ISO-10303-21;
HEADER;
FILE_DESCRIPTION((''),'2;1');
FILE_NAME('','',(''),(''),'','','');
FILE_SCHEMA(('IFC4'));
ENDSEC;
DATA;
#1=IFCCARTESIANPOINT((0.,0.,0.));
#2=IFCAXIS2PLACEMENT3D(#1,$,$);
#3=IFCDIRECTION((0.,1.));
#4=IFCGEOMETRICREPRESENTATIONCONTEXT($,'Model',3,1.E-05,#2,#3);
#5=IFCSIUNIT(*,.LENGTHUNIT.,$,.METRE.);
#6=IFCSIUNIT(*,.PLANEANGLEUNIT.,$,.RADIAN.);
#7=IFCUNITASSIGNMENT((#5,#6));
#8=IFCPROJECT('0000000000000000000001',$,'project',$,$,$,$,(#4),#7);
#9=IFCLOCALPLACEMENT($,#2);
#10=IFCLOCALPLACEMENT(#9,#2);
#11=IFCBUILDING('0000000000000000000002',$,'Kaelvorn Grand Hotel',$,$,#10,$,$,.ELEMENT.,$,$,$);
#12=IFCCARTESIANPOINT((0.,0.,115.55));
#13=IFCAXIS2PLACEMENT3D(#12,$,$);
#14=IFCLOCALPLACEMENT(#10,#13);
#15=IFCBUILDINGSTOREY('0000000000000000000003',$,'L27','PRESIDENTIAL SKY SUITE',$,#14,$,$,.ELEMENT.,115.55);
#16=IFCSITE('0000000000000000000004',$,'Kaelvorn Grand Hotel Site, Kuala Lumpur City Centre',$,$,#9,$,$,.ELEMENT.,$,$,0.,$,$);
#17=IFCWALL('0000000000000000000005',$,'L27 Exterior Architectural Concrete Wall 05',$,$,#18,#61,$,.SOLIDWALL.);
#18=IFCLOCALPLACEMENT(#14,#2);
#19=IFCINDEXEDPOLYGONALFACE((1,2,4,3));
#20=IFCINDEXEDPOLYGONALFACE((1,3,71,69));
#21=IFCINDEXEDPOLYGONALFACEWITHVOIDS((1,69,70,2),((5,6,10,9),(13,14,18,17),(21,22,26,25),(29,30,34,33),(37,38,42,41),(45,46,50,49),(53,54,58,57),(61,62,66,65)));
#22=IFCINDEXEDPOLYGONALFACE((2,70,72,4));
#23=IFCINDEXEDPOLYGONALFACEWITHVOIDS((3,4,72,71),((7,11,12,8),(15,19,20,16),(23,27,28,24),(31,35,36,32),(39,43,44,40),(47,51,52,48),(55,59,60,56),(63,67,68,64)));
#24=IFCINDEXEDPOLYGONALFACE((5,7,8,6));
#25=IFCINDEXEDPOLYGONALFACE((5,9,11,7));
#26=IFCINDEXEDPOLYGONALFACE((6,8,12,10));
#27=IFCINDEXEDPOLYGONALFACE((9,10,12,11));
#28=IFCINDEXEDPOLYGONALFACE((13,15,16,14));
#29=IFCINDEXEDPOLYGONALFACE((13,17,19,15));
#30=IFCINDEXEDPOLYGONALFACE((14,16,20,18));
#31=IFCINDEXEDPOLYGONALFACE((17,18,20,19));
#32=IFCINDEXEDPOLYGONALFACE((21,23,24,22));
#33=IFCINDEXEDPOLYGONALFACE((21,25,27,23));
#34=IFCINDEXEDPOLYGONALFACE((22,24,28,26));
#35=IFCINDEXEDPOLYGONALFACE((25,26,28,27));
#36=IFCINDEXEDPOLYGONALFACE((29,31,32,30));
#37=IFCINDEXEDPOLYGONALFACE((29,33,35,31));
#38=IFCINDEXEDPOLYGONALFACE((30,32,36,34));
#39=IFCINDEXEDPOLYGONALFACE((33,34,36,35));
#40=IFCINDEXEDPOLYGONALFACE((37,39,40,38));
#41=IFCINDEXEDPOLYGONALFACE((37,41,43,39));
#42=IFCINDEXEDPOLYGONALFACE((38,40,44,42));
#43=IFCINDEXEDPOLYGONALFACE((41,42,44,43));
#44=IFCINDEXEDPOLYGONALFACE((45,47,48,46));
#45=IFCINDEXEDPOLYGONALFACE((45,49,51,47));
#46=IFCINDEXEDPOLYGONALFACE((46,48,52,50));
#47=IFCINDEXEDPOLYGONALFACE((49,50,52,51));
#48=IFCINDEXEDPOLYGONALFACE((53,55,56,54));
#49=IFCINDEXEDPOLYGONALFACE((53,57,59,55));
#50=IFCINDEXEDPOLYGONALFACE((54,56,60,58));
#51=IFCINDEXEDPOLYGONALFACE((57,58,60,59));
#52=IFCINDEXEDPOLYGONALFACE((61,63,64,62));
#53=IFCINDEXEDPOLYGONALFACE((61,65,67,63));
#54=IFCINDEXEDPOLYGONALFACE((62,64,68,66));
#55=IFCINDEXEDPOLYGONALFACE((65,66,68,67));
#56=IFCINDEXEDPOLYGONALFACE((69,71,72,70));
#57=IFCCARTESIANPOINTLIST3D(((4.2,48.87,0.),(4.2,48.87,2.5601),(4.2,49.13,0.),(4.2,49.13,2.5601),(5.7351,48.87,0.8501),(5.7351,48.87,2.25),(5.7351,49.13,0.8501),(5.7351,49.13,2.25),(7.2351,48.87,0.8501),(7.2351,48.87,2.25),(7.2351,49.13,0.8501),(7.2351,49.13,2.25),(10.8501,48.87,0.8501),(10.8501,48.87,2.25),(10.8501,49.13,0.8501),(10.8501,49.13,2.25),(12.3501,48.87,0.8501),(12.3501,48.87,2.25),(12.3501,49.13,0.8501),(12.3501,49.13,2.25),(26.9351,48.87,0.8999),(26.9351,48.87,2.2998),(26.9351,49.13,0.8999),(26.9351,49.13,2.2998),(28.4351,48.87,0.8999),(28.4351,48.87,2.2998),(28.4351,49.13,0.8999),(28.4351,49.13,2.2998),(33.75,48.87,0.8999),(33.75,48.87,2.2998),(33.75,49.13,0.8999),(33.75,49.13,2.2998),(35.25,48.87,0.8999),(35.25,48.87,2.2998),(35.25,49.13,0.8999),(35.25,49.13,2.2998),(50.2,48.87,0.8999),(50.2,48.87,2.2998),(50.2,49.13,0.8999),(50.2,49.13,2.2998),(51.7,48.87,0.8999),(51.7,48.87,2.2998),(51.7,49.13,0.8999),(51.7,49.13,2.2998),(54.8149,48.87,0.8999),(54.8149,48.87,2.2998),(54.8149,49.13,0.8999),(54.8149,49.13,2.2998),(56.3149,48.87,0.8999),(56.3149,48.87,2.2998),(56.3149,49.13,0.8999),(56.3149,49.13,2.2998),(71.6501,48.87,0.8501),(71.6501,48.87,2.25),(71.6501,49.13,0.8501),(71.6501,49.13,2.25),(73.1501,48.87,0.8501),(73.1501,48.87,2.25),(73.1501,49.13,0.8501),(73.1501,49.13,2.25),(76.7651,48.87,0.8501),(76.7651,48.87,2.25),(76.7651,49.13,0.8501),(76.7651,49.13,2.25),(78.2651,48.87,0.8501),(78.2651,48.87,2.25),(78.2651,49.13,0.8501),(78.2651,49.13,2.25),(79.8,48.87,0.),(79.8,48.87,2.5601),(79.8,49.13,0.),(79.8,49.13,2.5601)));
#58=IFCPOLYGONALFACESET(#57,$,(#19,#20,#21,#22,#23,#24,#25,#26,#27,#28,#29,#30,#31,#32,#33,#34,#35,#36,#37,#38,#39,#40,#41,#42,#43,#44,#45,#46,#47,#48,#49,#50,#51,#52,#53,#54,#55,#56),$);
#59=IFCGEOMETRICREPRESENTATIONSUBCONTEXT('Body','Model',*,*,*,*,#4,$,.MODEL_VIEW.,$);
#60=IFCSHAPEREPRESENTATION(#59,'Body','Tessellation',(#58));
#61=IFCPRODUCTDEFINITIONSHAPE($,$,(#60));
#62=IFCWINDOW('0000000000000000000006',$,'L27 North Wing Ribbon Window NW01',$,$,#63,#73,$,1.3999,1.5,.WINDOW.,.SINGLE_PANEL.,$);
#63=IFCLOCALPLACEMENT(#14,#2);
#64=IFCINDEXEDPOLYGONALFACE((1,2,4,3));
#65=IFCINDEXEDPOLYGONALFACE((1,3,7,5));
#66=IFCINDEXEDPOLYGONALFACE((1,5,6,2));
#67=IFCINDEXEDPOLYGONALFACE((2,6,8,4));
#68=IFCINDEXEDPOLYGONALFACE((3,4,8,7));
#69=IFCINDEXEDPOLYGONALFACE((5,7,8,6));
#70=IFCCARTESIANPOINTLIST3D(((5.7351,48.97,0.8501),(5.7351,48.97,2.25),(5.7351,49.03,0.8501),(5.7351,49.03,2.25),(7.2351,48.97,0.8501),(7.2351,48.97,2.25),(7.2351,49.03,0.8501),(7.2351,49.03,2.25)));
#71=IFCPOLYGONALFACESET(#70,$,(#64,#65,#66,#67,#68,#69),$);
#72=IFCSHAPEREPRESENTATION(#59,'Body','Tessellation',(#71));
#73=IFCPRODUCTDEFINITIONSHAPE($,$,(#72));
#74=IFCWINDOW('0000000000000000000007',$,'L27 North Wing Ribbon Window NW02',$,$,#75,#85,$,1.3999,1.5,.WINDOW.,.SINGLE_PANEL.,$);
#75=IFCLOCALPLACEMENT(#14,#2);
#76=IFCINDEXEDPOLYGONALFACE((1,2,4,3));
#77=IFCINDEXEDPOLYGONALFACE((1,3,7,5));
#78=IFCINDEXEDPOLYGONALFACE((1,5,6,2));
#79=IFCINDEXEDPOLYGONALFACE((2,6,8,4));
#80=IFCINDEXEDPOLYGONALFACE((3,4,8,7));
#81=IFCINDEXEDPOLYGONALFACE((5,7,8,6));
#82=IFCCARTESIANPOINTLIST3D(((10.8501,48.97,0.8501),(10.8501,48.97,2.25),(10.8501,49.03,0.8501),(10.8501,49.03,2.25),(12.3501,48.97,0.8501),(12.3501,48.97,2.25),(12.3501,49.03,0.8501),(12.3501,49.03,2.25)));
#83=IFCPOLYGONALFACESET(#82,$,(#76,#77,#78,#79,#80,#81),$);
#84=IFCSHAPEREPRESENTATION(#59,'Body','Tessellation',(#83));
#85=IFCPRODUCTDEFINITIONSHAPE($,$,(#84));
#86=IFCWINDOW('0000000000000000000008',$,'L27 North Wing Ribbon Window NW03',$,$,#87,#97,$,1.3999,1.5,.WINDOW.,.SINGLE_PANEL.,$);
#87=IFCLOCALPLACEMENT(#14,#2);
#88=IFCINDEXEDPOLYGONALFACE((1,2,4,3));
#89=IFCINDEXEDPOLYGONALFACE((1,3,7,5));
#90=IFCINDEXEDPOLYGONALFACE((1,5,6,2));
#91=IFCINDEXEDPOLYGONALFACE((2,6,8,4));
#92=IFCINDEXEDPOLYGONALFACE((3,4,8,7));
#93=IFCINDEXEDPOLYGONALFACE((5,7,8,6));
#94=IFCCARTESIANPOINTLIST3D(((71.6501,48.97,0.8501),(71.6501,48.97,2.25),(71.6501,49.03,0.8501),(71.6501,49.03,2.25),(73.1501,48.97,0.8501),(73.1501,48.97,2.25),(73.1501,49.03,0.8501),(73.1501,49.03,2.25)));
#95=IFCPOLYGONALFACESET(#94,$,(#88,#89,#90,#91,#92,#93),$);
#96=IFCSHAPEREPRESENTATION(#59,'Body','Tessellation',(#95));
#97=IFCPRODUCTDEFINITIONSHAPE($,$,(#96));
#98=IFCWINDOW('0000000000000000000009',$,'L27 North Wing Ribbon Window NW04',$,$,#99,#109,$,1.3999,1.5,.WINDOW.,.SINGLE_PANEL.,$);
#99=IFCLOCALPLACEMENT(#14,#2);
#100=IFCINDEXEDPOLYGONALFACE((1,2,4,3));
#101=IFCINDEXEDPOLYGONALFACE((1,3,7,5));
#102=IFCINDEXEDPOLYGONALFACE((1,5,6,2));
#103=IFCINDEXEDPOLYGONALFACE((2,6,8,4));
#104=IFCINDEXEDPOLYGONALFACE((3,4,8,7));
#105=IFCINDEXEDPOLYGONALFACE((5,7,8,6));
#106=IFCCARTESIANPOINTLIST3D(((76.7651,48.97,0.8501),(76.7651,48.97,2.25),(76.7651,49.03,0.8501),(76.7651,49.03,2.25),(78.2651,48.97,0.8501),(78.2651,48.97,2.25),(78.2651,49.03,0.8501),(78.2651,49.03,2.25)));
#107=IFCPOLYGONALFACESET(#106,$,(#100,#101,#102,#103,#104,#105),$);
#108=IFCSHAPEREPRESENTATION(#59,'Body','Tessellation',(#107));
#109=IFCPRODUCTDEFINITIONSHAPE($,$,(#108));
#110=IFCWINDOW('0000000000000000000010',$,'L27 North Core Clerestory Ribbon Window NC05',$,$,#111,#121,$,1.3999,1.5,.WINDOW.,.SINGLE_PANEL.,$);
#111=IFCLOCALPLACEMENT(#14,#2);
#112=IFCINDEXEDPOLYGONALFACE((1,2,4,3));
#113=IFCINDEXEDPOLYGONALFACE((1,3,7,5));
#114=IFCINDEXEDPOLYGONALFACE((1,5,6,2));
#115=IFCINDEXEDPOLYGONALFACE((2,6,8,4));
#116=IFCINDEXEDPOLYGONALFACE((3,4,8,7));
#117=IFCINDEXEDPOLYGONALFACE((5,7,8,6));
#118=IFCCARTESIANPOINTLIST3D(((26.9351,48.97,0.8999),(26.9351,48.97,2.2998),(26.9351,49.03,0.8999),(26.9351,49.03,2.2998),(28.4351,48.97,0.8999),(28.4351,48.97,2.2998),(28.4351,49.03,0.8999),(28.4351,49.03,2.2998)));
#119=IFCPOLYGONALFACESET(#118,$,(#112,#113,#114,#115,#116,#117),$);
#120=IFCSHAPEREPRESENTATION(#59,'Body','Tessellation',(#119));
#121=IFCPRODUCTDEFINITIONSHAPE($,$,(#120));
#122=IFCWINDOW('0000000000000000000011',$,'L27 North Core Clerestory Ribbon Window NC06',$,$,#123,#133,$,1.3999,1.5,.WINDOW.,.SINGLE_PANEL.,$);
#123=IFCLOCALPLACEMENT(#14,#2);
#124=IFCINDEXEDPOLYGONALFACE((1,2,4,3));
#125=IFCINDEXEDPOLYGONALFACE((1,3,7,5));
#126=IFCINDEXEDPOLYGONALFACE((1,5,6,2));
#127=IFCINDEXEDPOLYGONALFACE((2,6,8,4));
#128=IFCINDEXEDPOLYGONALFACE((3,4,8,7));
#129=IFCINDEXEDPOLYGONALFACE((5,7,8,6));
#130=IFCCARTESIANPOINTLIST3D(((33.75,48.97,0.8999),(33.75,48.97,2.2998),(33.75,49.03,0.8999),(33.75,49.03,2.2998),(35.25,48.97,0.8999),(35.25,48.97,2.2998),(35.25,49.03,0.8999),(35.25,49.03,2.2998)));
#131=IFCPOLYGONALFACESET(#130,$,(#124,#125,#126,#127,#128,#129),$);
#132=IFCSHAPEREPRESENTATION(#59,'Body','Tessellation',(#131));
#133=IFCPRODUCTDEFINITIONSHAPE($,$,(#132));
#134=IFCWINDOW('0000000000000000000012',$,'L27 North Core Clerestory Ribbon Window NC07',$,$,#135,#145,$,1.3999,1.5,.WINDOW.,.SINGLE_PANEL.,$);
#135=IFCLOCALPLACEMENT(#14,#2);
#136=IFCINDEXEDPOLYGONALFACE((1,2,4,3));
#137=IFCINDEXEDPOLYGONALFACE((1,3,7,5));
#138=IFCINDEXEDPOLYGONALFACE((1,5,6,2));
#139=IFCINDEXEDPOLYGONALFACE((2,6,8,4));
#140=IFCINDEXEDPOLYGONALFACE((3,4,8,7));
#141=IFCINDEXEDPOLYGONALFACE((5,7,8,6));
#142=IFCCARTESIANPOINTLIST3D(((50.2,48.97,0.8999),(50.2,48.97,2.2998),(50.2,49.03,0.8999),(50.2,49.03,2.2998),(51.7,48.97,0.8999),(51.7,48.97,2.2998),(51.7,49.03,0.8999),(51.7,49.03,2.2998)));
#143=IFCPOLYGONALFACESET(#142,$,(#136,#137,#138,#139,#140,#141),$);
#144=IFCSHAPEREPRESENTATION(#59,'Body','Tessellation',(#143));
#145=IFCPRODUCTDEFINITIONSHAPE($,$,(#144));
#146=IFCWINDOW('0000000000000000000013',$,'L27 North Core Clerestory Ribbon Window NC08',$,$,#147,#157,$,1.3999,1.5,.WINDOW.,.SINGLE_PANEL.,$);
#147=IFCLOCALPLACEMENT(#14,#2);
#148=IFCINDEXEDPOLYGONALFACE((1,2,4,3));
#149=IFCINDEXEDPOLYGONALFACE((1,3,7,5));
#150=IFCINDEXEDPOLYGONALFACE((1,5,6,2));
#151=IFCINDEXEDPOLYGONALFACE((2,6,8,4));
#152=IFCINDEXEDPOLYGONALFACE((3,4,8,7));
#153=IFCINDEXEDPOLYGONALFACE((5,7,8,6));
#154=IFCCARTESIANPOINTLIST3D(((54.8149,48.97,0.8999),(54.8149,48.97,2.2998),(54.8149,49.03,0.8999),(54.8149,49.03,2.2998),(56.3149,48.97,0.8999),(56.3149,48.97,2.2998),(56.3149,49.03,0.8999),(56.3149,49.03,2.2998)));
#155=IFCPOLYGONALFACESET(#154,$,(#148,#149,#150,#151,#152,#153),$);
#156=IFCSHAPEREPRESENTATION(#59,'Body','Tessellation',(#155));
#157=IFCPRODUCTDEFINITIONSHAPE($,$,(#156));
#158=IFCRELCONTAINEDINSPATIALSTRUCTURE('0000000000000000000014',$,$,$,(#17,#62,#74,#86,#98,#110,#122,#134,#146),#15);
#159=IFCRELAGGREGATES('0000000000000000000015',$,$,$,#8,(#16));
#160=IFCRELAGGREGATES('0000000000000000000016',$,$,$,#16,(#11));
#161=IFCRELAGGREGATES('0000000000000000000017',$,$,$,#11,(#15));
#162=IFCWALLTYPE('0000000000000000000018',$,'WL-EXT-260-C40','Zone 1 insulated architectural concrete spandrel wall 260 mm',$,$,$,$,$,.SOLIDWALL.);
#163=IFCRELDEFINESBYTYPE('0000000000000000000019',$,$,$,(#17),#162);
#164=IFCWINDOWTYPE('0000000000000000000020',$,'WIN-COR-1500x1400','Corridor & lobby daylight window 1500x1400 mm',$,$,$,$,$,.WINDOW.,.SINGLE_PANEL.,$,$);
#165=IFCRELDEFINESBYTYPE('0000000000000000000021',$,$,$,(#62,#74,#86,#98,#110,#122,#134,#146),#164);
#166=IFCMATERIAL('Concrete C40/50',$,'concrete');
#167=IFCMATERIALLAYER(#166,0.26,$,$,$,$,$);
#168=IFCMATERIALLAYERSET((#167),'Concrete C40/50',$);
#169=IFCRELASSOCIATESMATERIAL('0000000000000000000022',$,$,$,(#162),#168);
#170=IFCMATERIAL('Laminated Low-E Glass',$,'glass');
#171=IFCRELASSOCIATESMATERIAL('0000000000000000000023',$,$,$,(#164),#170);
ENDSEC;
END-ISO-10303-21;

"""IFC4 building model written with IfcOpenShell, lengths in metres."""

from ifc_helpers import new_model, si_unit, direction, frame, frame_2d, origin, place, context, subcontext, project, spatial, rectangle, extrude, material, layer, layer_set, type_object, element, fill, save


model = new_model("IFC4")

# Units and contexts
model_context = context("Model", 3, precision=1e-05, world=origin(), true_north=direction((0.0, 1.0)))
body_context = subcontext(model_context, "Body", "Model", "MODEL_VIEW")
ifc_project = project(units=[si_unit("LENGTHUNIT", "METRE"), si_unit("PLANEANGLEUNIT", "RADIAN")], contexts=[model_context])

# Site, building, storey
site_placement = place(None, origin())
site = spatial("IfcSite", under=ifc_project, at=site_placement, Name="Kaelvorn Grand Hotel Site, Kuala Lumpur City Centre", CompositionType="ELEMENT", RefElevation=0.0)
building_placement = place(site_placement, origin())
building = spatial("IfcBuilding", under=site, at=building_placement, Name="Kaelvorn Grand Hotel", CompositionType="ELEMENT")
storey_placement = place(building_placement, frame((0.0, 0.0, 115.55)))
storey = spatial("IfcBuildingStorey", under=building, at=storey_placement, Name="L27", Description="PRESIDENTIAL SKY SUITE", CompositionType="ELEMENT", Elevation=115.55)

# Shared definitions
ifc_material_1 = material(Name="Concrete C40/50", Category="concrete")
ifc_layer_1 = layer(ifc_material_1, 0.26)
ifc_layer_set_1 = layer_set([ifc_layer_1], Name="Concrete C40/50")
wall_type = type_object("IfcWallType", Name="WL-EXT-260-C40", Description="Zone 1 insulated architectural concrete spandrel wall 260 mm", PredefinedType="SOLIDWALL", material=ifc_layer_set_1)

# Wall, openings, windows
wall_1_placement = place(storey_placement, frame((79.8, 49.0, 0.0), z_axis=(0.0, 0.0, 1.0), x_axis=(-1.0, 0.0, 0.0)))
wall_1 = element("IfcWall", 1, at=wall_1_placement, inside=storey, type_object=wall_type, Name="L27 Exterior Architectural Concrete Wall 05", PredefinedType="SOLIDWALL", context=body_context, shape_type="SweptSolid", body=[
    extrude(rectangle(XDim=75.6001, YDim=0.26, at=frame_2d((37.8, 0.0))), origin(), (0.0, 0.0, 1.0), 2.5601),
])
opening_1_placement = place(wall_1_placement, frame((72.5649, 0.0, 0.8501)))
opening_1 = element("IfcOpeningElement", 2, at=opening_1_placement, cuts=wall_1, PredefinedType="OPENING", context=body_context, shape_type="SweptSolid", body=[
    extrude(rectangle(XDim=1.5, YDim=1.3999, at=frame_2d((0.75, 0.7))), frame((0.0, 0.1401, 0.0), z_axis=(0.0, -1.0, 0.0), x_axis=(1.0, 0.0, 0.0)), (0.0, 0.0, 1.0), 0.28),
])
opening_2_placement = place(wall_1_placement, frame((67.45, 0.0, 0.8501)))
opening_2 = element("IfcOpeningElement", 3, at=opening_2_placement, cuts=wall_1, PredefinedType="OPENING", context=body_context, shape_type="SweptSolid", body=[
    extrude(rectangle(XDim=1.5, YDim=1.3999, at=frame_2d((0.75, 0.7))), frame((0.0, 0.1401, 0.0), z_axis=(0.0, -1.0, 0.0), x_axis=(1.0, 0.0, 0.0)), (0.0, 0.0, 1.0), 0.28),
])
opening_3_placement = place(wall_1_placement, frame((6.6499, 0.0, 0.8501)))
opening_3 = element("IfcOpeningElement", 4, at=opening_3_placement, cuts=wall_1, PredefinedType="OPENING", context=body_context, shape_type="SweptSolid", body=[
    extrude(rectangle(XDim=1.5, YDim=1.3999, at=frame_2d((0.75, 0.7))), frame((0.0, 0.1401, 0.0), z_axis=(0.0, -1.0, 0.0), x_axis=(1.0, 0.0, 0.0)), (0.0, 0.0, 1.0), 0.28),
])
opening_4_placement = place(wall_1_placement, frame((1.5349, 0.0, 0.8501)))
opening_4 = element("IfcOpeningElement", 5, at=opening_4_placement, cuts=wall_1, PredefinedType="OPENING", context=body_context, shape_type="SweptSolid", body=[
    extrude(rectangle(XDim=1.5, YDim=1.3999, at=frame_2d((0.75, 0.7))), frame((0.0, 0.1401, 0.0), z_axis=(0.0, -1.0, 0.0), x_axis=(1.0, 0.0, 0.0)), (0.0, 0.0, 1.0), 0.28),
])
opening_5_placement = place(wall_1_placement, frame((51.365, 0.0, 0.8999)))
opening_5 = element("IfcOpeningElement", 6, at=opening_5_placement, cuts=wall_1, PredefinedType="OPENING", context=body_context, shape_type="SweptSolid", body=[
    extrude(rectangle(XDim=1.5, YDim=1.3999, at=frame_2d((0.75, 0.7))), frame((0.0, 0.1401, 0.0), z_axis=(0.0, -1.0, 0.0), x_axis=(1.0, 0.0, 0.0)), (0.0, 0.0, 1.0), 0.28),
])
opening_6_placement = place(wall_1_placement, frame((44.55, 0.0, 0.8999)))
opening_6 = element("IfcOpeningElement", 7, at=opening_6_placement, cuts=wall_1, PredefinedType="OPENING", context=body_context, shape_type="SweptSolid", body=[
    extrude(rectangle(XDim=1.5, YDim=1.3999, at=frame_2d((0.75, 0.7))), frame((0.0, 0.1401, 0.0), z_axis=(0.0, -1.0, 0.0), x_axis=(1.0, 0.0, 0.0)), (0.0, 0.0, 1.0), 0.28),
])
opening_7_placement = place(wall_1_placement, frame((28.1001, 0.0, 0.8999)))
opening_7 = element("IfcOpeningElement", 8, at=opening_7_placement, cuts=wall_1, PredefinedType="OPENING", context=body_context, shape_type="SweptSolid", body=[
    extrude(rectangle(XDim=1.5, YDim=1.3999, at=frame_2d((0.75, 0.7))), frame((0.0, 0.1401, 0.0), z_axis=(0.0, -1.0, 0.0), x_axis=(1.0, 0.0, 0.0)), (0.0, 0.0, 1.0), 0.28),
])
opening_8_placement = place(wall_1_placement, frame((23.4851, 0.0, 0.8999)))
opening_8 = element("IfcOpeningElement", 9, at=opening_8_placement, cuts=wall_1, PredefinedType="OPENING", context=body_context, shape_type="SweptSolid", body=[
    extrude(rectangle(XDim=1.5, YDim=1.3999, at=frame_2d((0.75, 0.7))), frame((0.0, 0.1401, 0.0), z_axis=(0.0, -1.0, 0.0), x_axis=(1.0, 0.0, 0.0)), (0.0, 0.0, 1.0), 0.28),
])
ifc_material_2 = material(Name="Laminated Low-E Glass", Category="glass")
window_type = type_object("IfcWindowType", Name="WIN-COR-1500x1400", Description="Corridor & lobby daylight window 1500x1400 mm", PartitioningType="SINGLE_PANEL", PredefinedType="WINDOW", material=ifc_material_2)
window_1_placement = place(opening_1_placement, origin())
window_1 = element("IfcWindow", 10, at=window_1_placement, inside=storey, type_object=window_type, Name="L27 North Wing Ribbon Window NW01", OverallHeight=1.3999, OverallWidth=1.5, PartitioningType="SINGLE_PANEL", PredefinedType="WINDOW", context=body_context, shape_type="SweptSolid", body=[
    extrude(rectangle(XDim=1.5, YDim=1.3999, at=frame_2d((0.75, 0.7))), frame((0.0, 0.03, 0.0), z_axis=(0.0, -1.0, 0.0), x_axis=(1.0, 0.0, 0.0)), (0.0, 0.0, 1.0), 0.0601),
])
fill(opening_1, window_1)
window_2_placement = place(opening_2_placement, origin())
window_2 = element("IfcWindow", 11, at=window_2_placement, inside=storey, type_object=window_type, Name="L27 North Wing Ribbon Window NW02", OverallHeight=1.3999, OverallWidth=1.5, PartitioningType="SINGLE_PANEL", PredefinedType="WINDOW", context=body_context, shape_type="SweptSolid", body=[
    extrude(rectangle(XDim=1.5, YDim=1.3999, at=frame_2d((0.75, 0.7))), frame((0.0, 0.03, 0.0), z_axis=(0.0, -1.0, 0.0), x_axis=(1.0, 0.0, 0.0)), (0.0, 0.0, 1.0), 0.0601),
])
fill(opening_2, window_2)
window_3_placement = place(opening_3_placement, origin())
window_3 = element("IfcWindow", 12, at=window_3_placement, inside=storey, type_object=window_type, Name="L27 North Wing Ribbon Window NW03", OverallHeight=1.3999, OverallWidth=1.5, PartitioningType="SINGLE_PANEL", PredefinedType="WINDOW", context=body_context, shape_type="SweptSolid", body=[
    extrude(rectangle(XDim=1.5, YDim=1.3999, at=frame_2d((0.75, 0.7))), frame((0.0, 0.03, 0.0), z_axis=(0.0, -1.0, 0.0), x_axis=(1.0, 0.0, 0.0)), (0.0, 0.0, 1.0), 0.0601),
])
fill(opening_3, window_3)
window_4_placement = place(opening_4_placement, origin())
window_4 = element("IfcWindow", 13, at=window_4_placement, inside=storey, type_object=window_type, Name="L27 North Wing Ribbon Window NW04", OverallHeight=1.3999, OverallWidth=1.5, PartitioningType="SINGLE_PANEL", PredefinedType="WINDOW", context=body_context, shape_type="SweptSolid", body=[
    extrude(rectangle(XDim=1.5, YDim=1.3999, at=frame_2d((0.75, 0.7))), frame((0.0, 0.03, 0.0), z_axis=(0.0, -1.0, 0.0), x_axis=(1.0, 0.0, 0.0)), (0.0, 0.0, 1.0), 0.0601),
])
fill(opening_4, window_4)
window_5_placement = place(opening_5_placement, origin())
window_5 = element("IfcWindow", 14, at=window_5_placement, inside=storey, type_object=window_type, Name="L27 North Core Clerestory Ribbon Window NC05", OverallHeight=1.3999, OverallWidth=1.5, PartitioningType="SINGLE_PANEL", PredefinedType="WINDOW", context=body_context, shape_type="SweptSolid", body=[
    extrude(rectangle(XDim=1.5, YDim=1.3999, at=frame_2d((0.75, 0.7))), frame((0.0, 0.03, 0.0), z_axis=(0.0, -1.0, 0.0), x_axis=(1.0, 0.0, 0.0)), (0.0, 0.0, 1.0), 0.0601),
])
fill(opening_5, window_5)
window_6_placement = place(opening_6_placement, origin())
window_6 = element("IfcWindow", 15, at=window_6_placement, inside=storey, type_object=window_type, Name="L27 North Core Clerestory Ribbon Window NC06", OverallHeight=1.3999, OverallWidth=1.5, PartitioningType="SINGLE_PANEL", PredefinedType="WINDOW", context=body_context, shape_type="SweptSolid", body=[
    extrude(rectangle(XDim=1.5, YDim=1.3999, at=frame_2d((0.75, 0.7))), frame((0.0, 0.03, 0.0), z_axis=(0.0, -1.0, 0.0), x_axis=(1.0, 0.0, 0.0)), (0.0, 0.0, 1.0), 0.0601),
])
fill(opening_6, window_6)
window_7_placement = place(opening_7_placement, origin())
window_7 = element("IfcWindow", 16, at=window_7_placement, inside=storey, type_object=window_type, Name="L27 North Core Clerestory Ribbon Window NC07", OverallHeight=1.3999, OverallWidth=1.5, PartitioningType="SINGLE_PANEL", PredefinedType="WINDOW", context=body_context, shape_type="SweptSolid", body=[
    extrude(rectangle(XDim=1.5, YDim=1.3999, at=frame_2d((0.75, 0.7))), frame((0.0, 0.03, 0.0), z_axis=(0.0, -1.0, 0.0), x_axis=(1.0, 0.0, 0.0)), (0.0, 0.0, 1.0), 0.0601),
])
fill(opening_7, window_7)
window_8_placement = place(opening_8_placement, origin())
window_8 = element("IfcWindow", 17, at=window_8_placement, inside=storey, type_object=window_type, Name="L27 North Core Clerestory Ribbon Window NC08", OverallHeight=1.3999, OverallWidth=1.5, PartitioningType="SINGLE_PANEL", PredefinedType="WINDOW", context=body_context, shape_type="SweptSolid", body=[
    extrude(rectangle(XDim=1.5, YDim=1.3999, at=frame_2d((0.75, 0.7))), frame((0.0, 0.03, 0.0), z_axis=(0.0, -1.0, 0.0), x_axis=(1.0, 0.0, 0.0)), (0.0, 0.0, 1.0), 0.0601),
])
fill(opening_8, window_8)

save(model, "model.ifc")
